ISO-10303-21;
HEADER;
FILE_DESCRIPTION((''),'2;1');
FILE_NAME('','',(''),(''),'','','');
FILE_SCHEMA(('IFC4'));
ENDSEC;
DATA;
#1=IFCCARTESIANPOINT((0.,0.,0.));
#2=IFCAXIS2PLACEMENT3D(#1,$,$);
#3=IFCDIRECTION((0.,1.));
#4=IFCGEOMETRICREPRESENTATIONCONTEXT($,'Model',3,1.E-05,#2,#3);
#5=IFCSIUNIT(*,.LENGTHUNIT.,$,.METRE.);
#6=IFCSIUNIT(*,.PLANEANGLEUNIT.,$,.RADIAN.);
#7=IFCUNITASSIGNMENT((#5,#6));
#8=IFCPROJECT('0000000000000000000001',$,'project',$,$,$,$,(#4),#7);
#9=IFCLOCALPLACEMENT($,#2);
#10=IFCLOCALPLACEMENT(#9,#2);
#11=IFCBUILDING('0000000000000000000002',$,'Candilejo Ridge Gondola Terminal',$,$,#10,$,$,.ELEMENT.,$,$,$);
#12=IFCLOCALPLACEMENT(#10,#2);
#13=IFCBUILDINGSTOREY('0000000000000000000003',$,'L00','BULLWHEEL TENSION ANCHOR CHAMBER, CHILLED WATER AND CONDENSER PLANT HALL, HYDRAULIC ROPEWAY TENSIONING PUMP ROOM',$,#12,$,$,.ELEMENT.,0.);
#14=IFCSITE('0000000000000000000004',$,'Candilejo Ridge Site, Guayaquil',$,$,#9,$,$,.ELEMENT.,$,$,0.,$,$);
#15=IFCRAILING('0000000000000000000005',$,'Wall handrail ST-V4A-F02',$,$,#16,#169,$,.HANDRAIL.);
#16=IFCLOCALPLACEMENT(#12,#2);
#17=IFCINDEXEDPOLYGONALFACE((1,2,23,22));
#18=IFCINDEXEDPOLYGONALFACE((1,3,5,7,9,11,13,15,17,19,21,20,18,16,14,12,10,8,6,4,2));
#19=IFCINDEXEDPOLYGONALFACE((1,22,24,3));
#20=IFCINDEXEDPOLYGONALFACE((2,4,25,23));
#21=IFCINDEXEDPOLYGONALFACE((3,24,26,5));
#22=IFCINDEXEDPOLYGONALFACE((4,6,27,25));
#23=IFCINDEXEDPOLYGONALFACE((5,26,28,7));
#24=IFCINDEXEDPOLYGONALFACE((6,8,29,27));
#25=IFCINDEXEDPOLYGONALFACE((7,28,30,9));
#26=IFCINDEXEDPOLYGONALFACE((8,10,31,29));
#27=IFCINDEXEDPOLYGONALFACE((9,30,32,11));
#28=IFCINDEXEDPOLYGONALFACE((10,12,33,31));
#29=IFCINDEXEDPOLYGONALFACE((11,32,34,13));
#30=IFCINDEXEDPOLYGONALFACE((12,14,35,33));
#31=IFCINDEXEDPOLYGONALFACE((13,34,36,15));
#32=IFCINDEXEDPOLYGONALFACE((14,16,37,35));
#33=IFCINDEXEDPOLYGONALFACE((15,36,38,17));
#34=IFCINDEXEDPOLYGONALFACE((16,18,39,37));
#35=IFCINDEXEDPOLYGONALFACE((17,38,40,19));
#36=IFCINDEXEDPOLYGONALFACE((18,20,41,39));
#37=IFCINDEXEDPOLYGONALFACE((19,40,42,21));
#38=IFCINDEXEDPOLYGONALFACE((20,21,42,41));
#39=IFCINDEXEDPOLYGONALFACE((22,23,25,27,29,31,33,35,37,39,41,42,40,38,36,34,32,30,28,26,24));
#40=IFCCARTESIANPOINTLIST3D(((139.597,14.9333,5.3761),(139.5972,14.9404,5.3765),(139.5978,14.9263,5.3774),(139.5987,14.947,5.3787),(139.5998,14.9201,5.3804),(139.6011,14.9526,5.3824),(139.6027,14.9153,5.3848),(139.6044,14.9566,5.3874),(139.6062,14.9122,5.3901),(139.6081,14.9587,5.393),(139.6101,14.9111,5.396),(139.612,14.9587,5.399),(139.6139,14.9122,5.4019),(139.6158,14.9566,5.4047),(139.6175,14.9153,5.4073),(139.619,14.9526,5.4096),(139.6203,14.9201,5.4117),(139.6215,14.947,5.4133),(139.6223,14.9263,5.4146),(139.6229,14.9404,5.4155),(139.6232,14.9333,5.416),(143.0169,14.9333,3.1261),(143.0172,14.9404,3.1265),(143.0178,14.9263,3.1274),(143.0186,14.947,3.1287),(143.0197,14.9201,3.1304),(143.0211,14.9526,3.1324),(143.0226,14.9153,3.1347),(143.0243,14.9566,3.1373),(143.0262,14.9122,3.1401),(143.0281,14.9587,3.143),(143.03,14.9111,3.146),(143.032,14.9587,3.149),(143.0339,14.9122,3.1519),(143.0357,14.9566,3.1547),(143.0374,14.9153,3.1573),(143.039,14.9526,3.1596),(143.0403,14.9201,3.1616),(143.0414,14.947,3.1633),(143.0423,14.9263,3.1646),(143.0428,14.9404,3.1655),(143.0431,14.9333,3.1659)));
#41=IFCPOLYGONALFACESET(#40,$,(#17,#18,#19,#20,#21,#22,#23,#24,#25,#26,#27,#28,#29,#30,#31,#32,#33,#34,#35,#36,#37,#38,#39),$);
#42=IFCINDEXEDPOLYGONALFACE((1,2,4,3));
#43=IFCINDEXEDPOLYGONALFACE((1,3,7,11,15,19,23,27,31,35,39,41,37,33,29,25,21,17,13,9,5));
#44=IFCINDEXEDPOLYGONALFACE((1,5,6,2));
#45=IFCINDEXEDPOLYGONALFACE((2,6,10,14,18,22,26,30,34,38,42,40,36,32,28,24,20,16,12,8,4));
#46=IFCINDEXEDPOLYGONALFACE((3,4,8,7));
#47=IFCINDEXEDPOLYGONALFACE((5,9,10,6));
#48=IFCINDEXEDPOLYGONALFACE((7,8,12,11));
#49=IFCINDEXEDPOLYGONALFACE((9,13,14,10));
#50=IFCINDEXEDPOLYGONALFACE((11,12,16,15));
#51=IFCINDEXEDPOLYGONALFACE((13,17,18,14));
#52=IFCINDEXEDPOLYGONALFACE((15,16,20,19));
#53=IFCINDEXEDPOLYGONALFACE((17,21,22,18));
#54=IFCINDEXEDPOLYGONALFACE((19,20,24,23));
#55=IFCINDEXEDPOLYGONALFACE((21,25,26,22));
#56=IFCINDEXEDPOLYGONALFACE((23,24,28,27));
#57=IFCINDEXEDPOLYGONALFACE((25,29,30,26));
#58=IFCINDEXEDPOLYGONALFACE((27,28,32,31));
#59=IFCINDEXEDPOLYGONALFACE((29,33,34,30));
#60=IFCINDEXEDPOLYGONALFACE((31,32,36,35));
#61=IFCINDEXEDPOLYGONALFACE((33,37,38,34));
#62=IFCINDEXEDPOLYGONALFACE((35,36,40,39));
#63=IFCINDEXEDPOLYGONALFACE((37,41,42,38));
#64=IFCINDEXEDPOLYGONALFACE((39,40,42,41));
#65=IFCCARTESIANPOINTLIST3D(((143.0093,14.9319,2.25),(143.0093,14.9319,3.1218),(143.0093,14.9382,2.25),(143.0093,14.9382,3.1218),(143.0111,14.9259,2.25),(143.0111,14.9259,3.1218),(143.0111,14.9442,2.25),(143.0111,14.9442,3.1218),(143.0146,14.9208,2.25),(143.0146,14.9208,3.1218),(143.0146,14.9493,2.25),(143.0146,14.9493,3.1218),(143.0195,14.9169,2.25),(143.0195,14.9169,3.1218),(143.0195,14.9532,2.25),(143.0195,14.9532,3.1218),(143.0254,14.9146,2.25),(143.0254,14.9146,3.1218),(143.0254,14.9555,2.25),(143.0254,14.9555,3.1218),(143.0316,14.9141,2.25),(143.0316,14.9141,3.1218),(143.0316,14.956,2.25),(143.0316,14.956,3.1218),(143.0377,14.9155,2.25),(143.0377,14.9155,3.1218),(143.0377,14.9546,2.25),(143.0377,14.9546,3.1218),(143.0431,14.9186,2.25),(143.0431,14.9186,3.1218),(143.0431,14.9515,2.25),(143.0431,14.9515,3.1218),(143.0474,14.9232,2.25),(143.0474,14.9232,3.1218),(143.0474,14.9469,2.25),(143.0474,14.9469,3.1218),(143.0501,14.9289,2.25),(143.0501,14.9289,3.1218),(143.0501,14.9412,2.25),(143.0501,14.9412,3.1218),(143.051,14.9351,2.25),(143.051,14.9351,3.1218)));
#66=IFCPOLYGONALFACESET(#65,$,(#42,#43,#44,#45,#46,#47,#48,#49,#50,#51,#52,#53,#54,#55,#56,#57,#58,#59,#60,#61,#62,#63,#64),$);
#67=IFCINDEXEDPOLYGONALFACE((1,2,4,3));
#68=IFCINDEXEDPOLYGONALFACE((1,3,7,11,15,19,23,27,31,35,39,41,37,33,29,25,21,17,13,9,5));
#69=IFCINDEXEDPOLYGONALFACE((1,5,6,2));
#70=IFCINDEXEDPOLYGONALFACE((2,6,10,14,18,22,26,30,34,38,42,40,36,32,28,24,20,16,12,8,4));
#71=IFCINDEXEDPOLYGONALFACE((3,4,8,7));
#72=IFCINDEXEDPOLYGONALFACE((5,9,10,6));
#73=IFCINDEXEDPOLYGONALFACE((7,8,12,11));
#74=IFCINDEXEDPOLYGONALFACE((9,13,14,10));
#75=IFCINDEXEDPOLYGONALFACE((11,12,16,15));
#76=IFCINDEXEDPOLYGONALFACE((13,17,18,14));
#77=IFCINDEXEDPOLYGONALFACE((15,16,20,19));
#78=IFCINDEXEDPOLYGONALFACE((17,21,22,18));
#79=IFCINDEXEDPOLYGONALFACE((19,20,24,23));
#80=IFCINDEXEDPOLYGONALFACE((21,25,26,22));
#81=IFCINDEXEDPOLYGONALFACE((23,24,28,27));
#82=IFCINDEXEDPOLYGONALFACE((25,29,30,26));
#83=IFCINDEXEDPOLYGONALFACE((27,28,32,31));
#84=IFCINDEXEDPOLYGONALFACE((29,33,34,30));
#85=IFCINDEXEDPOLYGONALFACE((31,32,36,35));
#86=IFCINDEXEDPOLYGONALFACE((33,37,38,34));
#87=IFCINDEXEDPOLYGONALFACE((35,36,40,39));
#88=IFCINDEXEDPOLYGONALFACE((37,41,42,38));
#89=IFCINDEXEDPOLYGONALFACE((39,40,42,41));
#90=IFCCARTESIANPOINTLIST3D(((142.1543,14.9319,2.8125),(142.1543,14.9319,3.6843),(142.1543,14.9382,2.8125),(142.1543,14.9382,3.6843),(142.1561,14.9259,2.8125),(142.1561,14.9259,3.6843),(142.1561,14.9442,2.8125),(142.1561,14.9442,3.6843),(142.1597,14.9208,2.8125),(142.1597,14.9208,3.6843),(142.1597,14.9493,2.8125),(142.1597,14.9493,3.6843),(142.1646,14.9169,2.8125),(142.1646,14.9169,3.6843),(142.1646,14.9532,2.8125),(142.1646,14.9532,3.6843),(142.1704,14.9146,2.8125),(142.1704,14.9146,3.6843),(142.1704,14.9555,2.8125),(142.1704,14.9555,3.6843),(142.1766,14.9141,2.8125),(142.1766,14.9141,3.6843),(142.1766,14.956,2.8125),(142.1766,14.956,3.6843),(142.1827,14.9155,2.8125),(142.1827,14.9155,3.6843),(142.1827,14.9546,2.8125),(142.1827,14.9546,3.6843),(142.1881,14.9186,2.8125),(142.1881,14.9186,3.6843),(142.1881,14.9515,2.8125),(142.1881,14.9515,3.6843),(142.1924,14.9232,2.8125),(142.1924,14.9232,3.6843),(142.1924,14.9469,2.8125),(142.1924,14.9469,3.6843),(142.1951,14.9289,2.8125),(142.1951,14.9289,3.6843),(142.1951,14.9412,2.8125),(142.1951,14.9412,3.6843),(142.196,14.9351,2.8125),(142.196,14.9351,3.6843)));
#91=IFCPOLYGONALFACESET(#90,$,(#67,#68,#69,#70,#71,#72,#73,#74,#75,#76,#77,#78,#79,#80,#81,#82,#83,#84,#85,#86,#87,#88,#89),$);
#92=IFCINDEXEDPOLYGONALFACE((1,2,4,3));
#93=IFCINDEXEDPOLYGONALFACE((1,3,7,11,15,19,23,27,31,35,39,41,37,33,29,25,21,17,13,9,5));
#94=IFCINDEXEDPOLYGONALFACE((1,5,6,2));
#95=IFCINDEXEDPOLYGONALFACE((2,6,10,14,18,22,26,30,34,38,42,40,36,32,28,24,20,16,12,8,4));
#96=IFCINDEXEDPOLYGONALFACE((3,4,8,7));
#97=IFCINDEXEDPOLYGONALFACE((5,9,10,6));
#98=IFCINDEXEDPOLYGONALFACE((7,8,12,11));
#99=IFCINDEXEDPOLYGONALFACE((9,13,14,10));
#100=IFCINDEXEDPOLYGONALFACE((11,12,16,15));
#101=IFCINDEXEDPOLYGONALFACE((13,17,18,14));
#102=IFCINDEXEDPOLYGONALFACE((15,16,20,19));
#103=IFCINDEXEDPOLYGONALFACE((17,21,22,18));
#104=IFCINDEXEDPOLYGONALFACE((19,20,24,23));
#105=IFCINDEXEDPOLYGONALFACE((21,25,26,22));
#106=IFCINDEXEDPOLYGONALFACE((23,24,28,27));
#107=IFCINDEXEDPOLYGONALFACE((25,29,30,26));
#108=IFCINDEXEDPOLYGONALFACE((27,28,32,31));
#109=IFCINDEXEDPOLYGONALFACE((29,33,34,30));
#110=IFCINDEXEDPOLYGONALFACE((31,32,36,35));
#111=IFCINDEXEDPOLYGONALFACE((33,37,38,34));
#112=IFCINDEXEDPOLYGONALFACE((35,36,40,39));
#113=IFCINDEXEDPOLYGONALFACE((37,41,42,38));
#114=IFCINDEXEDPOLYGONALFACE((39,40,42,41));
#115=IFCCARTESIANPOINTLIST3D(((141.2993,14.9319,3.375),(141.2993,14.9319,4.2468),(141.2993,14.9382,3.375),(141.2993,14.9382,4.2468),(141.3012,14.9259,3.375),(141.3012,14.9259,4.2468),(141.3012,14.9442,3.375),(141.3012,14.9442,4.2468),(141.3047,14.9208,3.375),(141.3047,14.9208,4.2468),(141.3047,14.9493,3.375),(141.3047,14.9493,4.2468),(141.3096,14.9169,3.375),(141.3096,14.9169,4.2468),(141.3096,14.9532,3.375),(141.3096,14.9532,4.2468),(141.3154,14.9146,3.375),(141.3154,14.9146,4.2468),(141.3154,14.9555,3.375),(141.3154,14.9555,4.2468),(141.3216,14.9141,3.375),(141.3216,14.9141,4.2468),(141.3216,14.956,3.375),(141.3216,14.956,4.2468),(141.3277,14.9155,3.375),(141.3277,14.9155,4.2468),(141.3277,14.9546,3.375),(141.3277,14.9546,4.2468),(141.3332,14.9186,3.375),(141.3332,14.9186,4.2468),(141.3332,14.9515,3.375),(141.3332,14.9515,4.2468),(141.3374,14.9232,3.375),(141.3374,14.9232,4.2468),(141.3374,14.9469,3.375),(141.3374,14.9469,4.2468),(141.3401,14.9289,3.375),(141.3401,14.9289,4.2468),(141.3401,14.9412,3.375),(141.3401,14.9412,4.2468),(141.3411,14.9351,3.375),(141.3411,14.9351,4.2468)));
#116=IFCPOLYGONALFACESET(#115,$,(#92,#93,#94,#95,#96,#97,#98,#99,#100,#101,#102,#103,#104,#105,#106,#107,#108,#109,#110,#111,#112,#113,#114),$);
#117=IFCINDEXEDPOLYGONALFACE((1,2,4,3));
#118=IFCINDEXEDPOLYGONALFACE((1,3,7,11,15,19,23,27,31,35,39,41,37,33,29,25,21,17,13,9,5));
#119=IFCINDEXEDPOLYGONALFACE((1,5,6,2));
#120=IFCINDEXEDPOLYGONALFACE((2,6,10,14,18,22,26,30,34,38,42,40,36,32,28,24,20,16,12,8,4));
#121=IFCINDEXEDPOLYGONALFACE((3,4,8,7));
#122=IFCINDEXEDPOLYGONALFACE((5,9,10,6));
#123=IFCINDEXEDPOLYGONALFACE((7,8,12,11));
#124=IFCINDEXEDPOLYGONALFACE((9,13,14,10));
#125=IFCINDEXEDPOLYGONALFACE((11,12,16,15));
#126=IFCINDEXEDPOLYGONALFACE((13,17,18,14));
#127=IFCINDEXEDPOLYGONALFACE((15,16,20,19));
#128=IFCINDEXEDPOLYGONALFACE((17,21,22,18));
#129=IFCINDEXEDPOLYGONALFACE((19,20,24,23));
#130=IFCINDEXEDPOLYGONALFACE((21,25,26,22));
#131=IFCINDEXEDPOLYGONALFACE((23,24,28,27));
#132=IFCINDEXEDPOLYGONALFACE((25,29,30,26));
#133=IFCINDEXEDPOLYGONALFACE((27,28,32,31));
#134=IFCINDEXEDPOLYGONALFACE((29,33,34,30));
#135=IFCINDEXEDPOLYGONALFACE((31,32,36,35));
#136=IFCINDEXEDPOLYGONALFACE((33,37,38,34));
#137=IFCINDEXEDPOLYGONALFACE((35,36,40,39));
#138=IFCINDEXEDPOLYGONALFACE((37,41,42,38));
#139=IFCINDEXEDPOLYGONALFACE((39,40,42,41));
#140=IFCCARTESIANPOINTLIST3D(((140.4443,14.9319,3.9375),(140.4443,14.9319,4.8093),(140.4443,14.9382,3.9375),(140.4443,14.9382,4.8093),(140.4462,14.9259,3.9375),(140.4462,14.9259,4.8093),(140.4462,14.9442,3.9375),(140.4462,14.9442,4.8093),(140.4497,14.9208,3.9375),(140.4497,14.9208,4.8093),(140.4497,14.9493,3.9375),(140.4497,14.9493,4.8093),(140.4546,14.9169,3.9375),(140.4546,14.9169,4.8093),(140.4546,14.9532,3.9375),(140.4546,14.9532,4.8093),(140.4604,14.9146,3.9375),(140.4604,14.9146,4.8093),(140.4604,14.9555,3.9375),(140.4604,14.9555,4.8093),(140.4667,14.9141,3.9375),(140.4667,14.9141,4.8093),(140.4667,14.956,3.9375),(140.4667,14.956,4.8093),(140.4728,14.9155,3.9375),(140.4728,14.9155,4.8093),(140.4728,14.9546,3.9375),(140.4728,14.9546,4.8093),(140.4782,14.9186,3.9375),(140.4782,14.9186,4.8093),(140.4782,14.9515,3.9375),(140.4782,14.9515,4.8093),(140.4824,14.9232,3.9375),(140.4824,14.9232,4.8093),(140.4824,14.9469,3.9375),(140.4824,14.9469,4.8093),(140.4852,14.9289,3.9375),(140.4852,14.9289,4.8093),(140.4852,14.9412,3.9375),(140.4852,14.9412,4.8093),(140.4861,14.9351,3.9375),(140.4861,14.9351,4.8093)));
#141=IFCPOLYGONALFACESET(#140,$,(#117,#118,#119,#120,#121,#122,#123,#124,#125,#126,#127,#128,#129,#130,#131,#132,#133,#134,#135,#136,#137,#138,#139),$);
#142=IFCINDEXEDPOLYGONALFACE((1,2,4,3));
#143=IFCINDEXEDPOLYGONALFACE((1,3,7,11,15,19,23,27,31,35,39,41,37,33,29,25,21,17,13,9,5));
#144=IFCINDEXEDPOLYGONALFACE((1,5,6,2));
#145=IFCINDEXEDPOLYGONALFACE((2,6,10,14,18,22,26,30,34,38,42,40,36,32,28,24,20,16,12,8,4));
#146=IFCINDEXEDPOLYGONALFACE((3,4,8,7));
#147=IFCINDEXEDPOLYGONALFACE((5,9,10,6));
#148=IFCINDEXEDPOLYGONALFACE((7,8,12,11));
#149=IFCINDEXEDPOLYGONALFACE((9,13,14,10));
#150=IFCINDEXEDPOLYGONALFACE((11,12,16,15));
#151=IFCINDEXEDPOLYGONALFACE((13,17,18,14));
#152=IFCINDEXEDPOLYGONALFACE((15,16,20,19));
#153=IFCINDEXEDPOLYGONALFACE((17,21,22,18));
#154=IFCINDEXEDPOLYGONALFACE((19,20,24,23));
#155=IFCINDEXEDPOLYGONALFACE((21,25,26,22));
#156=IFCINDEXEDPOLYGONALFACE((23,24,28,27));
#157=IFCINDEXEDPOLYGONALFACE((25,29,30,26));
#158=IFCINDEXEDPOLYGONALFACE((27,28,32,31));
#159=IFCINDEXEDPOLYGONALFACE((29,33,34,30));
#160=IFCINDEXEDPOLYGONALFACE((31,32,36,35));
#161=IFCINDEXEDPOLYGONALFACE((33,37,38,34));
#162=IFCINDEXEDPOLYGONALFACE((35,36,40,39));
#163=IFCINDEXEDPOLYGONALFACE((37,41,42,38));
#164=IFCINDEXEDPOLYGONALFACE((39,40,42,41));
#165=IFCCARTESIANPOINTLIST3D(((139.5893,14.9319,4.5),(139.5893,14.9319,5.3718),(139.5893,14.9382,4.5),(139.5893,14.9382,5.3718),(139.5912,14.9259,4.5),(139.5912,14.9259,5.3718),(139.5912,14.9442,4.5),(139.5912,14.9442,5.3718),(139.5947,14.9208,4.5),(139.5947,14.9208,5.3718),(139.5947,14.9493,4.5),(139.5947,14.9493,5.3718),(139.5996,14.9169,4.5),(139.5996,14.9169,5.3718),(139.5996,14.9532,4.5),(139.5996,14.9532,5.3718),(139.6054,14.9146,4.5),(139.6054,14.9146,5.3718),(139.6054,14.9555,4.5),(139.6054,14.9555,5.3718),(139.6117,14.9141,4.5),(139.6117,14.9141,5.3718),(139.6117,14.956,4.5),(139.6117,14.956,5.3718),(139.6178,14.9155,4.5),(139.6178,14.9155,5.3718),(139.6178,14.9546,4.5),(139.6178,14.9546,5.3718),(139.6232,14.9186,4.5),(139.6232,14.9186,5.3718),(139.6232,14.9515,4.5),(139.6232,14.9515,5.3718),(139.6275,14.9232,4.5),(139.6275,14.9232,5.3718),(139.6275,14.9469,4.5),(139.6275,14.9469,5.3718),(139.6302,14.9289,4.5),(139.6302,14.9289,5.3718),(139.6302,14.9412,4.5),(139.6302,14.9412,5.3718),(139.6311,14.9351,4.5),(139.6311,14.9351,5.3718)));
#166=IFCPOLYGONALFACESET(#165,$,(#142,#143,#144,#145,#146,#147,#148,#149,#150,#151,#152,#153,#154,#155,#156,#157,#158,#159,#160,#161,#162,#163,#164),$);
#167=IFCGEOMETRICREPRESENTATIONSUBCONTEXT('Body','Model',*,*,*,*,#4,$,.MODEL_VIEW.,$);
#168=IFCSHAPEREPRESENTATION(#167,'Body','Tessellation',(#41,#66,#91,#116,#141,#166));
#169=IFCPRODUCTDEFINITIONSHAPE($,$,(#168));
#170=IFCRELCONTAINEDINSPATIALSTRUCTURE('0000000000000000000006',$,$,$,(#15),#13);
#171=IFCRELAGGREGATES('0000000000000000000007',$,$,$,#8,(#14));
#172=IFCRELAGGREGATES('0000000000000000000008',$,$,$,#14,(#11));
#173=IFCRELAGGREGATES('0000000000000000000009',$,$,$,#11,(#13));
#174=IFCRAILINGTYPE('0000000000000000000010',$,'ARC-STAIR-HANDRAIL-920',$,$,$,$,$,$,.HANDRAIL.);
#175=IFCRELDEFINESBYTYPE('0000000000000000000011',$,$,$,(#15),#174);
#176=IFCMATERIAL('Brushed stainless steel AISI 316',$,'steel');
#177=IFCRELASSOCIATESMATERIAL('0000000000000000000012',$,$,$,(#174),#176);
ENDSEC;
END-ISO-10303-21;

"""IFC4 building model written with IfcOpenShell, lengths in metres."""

from ifc_helpers import new_model, si_unit, direction, frame, origin, origin_2d, place, context, subcontext, project, spatial, circle, extrude, material, type_object, element, save


model = new_model("IFC4")

# Units and contexts
model_context = context("Model", 3, precision=1e-05, world=origin(), true_north=direction((0.0, 1.0)))
body_context = subcontext(model_context, "Body", "Model", "MODEL_VIEW")
ifc_project = project(units=[si_unit("LENGTHUNIT", "METRE"), si_unit("PLANEANGLEUNIT", "RADIAN")], contexts=[model_context])

# Site, building, storey
site_placement = place(None, origin())
site = spatial("IfcSite", under=ifc_project, at=site_placement, Name="Candilejo Ridge Site, Guayaquil", CompositionType="ELEMENT", RefElevation=0.0)
building_placement = place(site_placement, origin())
building = spatial("IfcBuilding", under=site, at=building_placement, Name="Candilejo Ridge Gondola Terminal", CompositionType="ELEMENT")
storey_placement = place(building_placement, origin())
storey = spatial("IfcBuildingStorey", under=building, at=storey_placement, Name="L00", Description="BULLWHEEL TENSION ANCHOR CHAMBER, CHILLED WATER AND CONDENSER PLANT HALL, HYDRAULIC ROPEWAY TENSIONING PUMP ROOM", CompositionType="ELEMENT", Elevation=0.0)

# Railing
ifc_material_1 = material(Name="Brushed stainless steel AISI 316", Category="steel")
railing_type_1 = type_object("IfcRailingType", Name="ARC-STAIR-HANDRAIL-920", PredefinedType="HANDRAIL", material=ifc_material_1)
railing_1_placement = place(storey_placement, frame((143.03, 14.9351, 2.25)))
element("IfcRailing", 1, at=railing_1_placement, inside=storey, type_object=railing_type_1, Name="Wall handrail ST-V4A-F02", PredefinedType="HANDRAIL", context=body_context, shape_type="SweptSolid", body=[
    extrude(circle(Radius=0.0239, at=origin_2d()), frame((0.0, 0.0, 0.896), z_axis=(-0.835411, 0.0, 0.549625), x_axis=(0.0, -1.0, 0.0)), (0.0, 0.0, 1.0), 4.0938),
    extrude(circle(Radius=0.021, at=origin_2d()), origin(), (0.0, 0.0, 1.0), 0.8718),
    extrude(circle(Radius=0.021, at=origin_2d()), frame((-0.855, 0.0, 0.5625)), (0.0, 0.0, 1.0), 0.8718),
    extrude(circle(Radius=0.021, at=origin_2d()), frame((-1.71, 0.0, 1.125)), (0.0, 0.0, 1.0), 0.8718),
    extrude(circle(Radius=0.021, at=origin_2d()), frame((-2.5649, 0.0, 1.6875)), (0.0, 0.0, 1.0), 0.8718),
    extrude(circle(Radius=0.021, at=origin_2d()), frame((-3.4199, 0.0, 2.25)), (0.0, 0.0, 1.0), 0.8718),
])

save(model, "model.ifc")
